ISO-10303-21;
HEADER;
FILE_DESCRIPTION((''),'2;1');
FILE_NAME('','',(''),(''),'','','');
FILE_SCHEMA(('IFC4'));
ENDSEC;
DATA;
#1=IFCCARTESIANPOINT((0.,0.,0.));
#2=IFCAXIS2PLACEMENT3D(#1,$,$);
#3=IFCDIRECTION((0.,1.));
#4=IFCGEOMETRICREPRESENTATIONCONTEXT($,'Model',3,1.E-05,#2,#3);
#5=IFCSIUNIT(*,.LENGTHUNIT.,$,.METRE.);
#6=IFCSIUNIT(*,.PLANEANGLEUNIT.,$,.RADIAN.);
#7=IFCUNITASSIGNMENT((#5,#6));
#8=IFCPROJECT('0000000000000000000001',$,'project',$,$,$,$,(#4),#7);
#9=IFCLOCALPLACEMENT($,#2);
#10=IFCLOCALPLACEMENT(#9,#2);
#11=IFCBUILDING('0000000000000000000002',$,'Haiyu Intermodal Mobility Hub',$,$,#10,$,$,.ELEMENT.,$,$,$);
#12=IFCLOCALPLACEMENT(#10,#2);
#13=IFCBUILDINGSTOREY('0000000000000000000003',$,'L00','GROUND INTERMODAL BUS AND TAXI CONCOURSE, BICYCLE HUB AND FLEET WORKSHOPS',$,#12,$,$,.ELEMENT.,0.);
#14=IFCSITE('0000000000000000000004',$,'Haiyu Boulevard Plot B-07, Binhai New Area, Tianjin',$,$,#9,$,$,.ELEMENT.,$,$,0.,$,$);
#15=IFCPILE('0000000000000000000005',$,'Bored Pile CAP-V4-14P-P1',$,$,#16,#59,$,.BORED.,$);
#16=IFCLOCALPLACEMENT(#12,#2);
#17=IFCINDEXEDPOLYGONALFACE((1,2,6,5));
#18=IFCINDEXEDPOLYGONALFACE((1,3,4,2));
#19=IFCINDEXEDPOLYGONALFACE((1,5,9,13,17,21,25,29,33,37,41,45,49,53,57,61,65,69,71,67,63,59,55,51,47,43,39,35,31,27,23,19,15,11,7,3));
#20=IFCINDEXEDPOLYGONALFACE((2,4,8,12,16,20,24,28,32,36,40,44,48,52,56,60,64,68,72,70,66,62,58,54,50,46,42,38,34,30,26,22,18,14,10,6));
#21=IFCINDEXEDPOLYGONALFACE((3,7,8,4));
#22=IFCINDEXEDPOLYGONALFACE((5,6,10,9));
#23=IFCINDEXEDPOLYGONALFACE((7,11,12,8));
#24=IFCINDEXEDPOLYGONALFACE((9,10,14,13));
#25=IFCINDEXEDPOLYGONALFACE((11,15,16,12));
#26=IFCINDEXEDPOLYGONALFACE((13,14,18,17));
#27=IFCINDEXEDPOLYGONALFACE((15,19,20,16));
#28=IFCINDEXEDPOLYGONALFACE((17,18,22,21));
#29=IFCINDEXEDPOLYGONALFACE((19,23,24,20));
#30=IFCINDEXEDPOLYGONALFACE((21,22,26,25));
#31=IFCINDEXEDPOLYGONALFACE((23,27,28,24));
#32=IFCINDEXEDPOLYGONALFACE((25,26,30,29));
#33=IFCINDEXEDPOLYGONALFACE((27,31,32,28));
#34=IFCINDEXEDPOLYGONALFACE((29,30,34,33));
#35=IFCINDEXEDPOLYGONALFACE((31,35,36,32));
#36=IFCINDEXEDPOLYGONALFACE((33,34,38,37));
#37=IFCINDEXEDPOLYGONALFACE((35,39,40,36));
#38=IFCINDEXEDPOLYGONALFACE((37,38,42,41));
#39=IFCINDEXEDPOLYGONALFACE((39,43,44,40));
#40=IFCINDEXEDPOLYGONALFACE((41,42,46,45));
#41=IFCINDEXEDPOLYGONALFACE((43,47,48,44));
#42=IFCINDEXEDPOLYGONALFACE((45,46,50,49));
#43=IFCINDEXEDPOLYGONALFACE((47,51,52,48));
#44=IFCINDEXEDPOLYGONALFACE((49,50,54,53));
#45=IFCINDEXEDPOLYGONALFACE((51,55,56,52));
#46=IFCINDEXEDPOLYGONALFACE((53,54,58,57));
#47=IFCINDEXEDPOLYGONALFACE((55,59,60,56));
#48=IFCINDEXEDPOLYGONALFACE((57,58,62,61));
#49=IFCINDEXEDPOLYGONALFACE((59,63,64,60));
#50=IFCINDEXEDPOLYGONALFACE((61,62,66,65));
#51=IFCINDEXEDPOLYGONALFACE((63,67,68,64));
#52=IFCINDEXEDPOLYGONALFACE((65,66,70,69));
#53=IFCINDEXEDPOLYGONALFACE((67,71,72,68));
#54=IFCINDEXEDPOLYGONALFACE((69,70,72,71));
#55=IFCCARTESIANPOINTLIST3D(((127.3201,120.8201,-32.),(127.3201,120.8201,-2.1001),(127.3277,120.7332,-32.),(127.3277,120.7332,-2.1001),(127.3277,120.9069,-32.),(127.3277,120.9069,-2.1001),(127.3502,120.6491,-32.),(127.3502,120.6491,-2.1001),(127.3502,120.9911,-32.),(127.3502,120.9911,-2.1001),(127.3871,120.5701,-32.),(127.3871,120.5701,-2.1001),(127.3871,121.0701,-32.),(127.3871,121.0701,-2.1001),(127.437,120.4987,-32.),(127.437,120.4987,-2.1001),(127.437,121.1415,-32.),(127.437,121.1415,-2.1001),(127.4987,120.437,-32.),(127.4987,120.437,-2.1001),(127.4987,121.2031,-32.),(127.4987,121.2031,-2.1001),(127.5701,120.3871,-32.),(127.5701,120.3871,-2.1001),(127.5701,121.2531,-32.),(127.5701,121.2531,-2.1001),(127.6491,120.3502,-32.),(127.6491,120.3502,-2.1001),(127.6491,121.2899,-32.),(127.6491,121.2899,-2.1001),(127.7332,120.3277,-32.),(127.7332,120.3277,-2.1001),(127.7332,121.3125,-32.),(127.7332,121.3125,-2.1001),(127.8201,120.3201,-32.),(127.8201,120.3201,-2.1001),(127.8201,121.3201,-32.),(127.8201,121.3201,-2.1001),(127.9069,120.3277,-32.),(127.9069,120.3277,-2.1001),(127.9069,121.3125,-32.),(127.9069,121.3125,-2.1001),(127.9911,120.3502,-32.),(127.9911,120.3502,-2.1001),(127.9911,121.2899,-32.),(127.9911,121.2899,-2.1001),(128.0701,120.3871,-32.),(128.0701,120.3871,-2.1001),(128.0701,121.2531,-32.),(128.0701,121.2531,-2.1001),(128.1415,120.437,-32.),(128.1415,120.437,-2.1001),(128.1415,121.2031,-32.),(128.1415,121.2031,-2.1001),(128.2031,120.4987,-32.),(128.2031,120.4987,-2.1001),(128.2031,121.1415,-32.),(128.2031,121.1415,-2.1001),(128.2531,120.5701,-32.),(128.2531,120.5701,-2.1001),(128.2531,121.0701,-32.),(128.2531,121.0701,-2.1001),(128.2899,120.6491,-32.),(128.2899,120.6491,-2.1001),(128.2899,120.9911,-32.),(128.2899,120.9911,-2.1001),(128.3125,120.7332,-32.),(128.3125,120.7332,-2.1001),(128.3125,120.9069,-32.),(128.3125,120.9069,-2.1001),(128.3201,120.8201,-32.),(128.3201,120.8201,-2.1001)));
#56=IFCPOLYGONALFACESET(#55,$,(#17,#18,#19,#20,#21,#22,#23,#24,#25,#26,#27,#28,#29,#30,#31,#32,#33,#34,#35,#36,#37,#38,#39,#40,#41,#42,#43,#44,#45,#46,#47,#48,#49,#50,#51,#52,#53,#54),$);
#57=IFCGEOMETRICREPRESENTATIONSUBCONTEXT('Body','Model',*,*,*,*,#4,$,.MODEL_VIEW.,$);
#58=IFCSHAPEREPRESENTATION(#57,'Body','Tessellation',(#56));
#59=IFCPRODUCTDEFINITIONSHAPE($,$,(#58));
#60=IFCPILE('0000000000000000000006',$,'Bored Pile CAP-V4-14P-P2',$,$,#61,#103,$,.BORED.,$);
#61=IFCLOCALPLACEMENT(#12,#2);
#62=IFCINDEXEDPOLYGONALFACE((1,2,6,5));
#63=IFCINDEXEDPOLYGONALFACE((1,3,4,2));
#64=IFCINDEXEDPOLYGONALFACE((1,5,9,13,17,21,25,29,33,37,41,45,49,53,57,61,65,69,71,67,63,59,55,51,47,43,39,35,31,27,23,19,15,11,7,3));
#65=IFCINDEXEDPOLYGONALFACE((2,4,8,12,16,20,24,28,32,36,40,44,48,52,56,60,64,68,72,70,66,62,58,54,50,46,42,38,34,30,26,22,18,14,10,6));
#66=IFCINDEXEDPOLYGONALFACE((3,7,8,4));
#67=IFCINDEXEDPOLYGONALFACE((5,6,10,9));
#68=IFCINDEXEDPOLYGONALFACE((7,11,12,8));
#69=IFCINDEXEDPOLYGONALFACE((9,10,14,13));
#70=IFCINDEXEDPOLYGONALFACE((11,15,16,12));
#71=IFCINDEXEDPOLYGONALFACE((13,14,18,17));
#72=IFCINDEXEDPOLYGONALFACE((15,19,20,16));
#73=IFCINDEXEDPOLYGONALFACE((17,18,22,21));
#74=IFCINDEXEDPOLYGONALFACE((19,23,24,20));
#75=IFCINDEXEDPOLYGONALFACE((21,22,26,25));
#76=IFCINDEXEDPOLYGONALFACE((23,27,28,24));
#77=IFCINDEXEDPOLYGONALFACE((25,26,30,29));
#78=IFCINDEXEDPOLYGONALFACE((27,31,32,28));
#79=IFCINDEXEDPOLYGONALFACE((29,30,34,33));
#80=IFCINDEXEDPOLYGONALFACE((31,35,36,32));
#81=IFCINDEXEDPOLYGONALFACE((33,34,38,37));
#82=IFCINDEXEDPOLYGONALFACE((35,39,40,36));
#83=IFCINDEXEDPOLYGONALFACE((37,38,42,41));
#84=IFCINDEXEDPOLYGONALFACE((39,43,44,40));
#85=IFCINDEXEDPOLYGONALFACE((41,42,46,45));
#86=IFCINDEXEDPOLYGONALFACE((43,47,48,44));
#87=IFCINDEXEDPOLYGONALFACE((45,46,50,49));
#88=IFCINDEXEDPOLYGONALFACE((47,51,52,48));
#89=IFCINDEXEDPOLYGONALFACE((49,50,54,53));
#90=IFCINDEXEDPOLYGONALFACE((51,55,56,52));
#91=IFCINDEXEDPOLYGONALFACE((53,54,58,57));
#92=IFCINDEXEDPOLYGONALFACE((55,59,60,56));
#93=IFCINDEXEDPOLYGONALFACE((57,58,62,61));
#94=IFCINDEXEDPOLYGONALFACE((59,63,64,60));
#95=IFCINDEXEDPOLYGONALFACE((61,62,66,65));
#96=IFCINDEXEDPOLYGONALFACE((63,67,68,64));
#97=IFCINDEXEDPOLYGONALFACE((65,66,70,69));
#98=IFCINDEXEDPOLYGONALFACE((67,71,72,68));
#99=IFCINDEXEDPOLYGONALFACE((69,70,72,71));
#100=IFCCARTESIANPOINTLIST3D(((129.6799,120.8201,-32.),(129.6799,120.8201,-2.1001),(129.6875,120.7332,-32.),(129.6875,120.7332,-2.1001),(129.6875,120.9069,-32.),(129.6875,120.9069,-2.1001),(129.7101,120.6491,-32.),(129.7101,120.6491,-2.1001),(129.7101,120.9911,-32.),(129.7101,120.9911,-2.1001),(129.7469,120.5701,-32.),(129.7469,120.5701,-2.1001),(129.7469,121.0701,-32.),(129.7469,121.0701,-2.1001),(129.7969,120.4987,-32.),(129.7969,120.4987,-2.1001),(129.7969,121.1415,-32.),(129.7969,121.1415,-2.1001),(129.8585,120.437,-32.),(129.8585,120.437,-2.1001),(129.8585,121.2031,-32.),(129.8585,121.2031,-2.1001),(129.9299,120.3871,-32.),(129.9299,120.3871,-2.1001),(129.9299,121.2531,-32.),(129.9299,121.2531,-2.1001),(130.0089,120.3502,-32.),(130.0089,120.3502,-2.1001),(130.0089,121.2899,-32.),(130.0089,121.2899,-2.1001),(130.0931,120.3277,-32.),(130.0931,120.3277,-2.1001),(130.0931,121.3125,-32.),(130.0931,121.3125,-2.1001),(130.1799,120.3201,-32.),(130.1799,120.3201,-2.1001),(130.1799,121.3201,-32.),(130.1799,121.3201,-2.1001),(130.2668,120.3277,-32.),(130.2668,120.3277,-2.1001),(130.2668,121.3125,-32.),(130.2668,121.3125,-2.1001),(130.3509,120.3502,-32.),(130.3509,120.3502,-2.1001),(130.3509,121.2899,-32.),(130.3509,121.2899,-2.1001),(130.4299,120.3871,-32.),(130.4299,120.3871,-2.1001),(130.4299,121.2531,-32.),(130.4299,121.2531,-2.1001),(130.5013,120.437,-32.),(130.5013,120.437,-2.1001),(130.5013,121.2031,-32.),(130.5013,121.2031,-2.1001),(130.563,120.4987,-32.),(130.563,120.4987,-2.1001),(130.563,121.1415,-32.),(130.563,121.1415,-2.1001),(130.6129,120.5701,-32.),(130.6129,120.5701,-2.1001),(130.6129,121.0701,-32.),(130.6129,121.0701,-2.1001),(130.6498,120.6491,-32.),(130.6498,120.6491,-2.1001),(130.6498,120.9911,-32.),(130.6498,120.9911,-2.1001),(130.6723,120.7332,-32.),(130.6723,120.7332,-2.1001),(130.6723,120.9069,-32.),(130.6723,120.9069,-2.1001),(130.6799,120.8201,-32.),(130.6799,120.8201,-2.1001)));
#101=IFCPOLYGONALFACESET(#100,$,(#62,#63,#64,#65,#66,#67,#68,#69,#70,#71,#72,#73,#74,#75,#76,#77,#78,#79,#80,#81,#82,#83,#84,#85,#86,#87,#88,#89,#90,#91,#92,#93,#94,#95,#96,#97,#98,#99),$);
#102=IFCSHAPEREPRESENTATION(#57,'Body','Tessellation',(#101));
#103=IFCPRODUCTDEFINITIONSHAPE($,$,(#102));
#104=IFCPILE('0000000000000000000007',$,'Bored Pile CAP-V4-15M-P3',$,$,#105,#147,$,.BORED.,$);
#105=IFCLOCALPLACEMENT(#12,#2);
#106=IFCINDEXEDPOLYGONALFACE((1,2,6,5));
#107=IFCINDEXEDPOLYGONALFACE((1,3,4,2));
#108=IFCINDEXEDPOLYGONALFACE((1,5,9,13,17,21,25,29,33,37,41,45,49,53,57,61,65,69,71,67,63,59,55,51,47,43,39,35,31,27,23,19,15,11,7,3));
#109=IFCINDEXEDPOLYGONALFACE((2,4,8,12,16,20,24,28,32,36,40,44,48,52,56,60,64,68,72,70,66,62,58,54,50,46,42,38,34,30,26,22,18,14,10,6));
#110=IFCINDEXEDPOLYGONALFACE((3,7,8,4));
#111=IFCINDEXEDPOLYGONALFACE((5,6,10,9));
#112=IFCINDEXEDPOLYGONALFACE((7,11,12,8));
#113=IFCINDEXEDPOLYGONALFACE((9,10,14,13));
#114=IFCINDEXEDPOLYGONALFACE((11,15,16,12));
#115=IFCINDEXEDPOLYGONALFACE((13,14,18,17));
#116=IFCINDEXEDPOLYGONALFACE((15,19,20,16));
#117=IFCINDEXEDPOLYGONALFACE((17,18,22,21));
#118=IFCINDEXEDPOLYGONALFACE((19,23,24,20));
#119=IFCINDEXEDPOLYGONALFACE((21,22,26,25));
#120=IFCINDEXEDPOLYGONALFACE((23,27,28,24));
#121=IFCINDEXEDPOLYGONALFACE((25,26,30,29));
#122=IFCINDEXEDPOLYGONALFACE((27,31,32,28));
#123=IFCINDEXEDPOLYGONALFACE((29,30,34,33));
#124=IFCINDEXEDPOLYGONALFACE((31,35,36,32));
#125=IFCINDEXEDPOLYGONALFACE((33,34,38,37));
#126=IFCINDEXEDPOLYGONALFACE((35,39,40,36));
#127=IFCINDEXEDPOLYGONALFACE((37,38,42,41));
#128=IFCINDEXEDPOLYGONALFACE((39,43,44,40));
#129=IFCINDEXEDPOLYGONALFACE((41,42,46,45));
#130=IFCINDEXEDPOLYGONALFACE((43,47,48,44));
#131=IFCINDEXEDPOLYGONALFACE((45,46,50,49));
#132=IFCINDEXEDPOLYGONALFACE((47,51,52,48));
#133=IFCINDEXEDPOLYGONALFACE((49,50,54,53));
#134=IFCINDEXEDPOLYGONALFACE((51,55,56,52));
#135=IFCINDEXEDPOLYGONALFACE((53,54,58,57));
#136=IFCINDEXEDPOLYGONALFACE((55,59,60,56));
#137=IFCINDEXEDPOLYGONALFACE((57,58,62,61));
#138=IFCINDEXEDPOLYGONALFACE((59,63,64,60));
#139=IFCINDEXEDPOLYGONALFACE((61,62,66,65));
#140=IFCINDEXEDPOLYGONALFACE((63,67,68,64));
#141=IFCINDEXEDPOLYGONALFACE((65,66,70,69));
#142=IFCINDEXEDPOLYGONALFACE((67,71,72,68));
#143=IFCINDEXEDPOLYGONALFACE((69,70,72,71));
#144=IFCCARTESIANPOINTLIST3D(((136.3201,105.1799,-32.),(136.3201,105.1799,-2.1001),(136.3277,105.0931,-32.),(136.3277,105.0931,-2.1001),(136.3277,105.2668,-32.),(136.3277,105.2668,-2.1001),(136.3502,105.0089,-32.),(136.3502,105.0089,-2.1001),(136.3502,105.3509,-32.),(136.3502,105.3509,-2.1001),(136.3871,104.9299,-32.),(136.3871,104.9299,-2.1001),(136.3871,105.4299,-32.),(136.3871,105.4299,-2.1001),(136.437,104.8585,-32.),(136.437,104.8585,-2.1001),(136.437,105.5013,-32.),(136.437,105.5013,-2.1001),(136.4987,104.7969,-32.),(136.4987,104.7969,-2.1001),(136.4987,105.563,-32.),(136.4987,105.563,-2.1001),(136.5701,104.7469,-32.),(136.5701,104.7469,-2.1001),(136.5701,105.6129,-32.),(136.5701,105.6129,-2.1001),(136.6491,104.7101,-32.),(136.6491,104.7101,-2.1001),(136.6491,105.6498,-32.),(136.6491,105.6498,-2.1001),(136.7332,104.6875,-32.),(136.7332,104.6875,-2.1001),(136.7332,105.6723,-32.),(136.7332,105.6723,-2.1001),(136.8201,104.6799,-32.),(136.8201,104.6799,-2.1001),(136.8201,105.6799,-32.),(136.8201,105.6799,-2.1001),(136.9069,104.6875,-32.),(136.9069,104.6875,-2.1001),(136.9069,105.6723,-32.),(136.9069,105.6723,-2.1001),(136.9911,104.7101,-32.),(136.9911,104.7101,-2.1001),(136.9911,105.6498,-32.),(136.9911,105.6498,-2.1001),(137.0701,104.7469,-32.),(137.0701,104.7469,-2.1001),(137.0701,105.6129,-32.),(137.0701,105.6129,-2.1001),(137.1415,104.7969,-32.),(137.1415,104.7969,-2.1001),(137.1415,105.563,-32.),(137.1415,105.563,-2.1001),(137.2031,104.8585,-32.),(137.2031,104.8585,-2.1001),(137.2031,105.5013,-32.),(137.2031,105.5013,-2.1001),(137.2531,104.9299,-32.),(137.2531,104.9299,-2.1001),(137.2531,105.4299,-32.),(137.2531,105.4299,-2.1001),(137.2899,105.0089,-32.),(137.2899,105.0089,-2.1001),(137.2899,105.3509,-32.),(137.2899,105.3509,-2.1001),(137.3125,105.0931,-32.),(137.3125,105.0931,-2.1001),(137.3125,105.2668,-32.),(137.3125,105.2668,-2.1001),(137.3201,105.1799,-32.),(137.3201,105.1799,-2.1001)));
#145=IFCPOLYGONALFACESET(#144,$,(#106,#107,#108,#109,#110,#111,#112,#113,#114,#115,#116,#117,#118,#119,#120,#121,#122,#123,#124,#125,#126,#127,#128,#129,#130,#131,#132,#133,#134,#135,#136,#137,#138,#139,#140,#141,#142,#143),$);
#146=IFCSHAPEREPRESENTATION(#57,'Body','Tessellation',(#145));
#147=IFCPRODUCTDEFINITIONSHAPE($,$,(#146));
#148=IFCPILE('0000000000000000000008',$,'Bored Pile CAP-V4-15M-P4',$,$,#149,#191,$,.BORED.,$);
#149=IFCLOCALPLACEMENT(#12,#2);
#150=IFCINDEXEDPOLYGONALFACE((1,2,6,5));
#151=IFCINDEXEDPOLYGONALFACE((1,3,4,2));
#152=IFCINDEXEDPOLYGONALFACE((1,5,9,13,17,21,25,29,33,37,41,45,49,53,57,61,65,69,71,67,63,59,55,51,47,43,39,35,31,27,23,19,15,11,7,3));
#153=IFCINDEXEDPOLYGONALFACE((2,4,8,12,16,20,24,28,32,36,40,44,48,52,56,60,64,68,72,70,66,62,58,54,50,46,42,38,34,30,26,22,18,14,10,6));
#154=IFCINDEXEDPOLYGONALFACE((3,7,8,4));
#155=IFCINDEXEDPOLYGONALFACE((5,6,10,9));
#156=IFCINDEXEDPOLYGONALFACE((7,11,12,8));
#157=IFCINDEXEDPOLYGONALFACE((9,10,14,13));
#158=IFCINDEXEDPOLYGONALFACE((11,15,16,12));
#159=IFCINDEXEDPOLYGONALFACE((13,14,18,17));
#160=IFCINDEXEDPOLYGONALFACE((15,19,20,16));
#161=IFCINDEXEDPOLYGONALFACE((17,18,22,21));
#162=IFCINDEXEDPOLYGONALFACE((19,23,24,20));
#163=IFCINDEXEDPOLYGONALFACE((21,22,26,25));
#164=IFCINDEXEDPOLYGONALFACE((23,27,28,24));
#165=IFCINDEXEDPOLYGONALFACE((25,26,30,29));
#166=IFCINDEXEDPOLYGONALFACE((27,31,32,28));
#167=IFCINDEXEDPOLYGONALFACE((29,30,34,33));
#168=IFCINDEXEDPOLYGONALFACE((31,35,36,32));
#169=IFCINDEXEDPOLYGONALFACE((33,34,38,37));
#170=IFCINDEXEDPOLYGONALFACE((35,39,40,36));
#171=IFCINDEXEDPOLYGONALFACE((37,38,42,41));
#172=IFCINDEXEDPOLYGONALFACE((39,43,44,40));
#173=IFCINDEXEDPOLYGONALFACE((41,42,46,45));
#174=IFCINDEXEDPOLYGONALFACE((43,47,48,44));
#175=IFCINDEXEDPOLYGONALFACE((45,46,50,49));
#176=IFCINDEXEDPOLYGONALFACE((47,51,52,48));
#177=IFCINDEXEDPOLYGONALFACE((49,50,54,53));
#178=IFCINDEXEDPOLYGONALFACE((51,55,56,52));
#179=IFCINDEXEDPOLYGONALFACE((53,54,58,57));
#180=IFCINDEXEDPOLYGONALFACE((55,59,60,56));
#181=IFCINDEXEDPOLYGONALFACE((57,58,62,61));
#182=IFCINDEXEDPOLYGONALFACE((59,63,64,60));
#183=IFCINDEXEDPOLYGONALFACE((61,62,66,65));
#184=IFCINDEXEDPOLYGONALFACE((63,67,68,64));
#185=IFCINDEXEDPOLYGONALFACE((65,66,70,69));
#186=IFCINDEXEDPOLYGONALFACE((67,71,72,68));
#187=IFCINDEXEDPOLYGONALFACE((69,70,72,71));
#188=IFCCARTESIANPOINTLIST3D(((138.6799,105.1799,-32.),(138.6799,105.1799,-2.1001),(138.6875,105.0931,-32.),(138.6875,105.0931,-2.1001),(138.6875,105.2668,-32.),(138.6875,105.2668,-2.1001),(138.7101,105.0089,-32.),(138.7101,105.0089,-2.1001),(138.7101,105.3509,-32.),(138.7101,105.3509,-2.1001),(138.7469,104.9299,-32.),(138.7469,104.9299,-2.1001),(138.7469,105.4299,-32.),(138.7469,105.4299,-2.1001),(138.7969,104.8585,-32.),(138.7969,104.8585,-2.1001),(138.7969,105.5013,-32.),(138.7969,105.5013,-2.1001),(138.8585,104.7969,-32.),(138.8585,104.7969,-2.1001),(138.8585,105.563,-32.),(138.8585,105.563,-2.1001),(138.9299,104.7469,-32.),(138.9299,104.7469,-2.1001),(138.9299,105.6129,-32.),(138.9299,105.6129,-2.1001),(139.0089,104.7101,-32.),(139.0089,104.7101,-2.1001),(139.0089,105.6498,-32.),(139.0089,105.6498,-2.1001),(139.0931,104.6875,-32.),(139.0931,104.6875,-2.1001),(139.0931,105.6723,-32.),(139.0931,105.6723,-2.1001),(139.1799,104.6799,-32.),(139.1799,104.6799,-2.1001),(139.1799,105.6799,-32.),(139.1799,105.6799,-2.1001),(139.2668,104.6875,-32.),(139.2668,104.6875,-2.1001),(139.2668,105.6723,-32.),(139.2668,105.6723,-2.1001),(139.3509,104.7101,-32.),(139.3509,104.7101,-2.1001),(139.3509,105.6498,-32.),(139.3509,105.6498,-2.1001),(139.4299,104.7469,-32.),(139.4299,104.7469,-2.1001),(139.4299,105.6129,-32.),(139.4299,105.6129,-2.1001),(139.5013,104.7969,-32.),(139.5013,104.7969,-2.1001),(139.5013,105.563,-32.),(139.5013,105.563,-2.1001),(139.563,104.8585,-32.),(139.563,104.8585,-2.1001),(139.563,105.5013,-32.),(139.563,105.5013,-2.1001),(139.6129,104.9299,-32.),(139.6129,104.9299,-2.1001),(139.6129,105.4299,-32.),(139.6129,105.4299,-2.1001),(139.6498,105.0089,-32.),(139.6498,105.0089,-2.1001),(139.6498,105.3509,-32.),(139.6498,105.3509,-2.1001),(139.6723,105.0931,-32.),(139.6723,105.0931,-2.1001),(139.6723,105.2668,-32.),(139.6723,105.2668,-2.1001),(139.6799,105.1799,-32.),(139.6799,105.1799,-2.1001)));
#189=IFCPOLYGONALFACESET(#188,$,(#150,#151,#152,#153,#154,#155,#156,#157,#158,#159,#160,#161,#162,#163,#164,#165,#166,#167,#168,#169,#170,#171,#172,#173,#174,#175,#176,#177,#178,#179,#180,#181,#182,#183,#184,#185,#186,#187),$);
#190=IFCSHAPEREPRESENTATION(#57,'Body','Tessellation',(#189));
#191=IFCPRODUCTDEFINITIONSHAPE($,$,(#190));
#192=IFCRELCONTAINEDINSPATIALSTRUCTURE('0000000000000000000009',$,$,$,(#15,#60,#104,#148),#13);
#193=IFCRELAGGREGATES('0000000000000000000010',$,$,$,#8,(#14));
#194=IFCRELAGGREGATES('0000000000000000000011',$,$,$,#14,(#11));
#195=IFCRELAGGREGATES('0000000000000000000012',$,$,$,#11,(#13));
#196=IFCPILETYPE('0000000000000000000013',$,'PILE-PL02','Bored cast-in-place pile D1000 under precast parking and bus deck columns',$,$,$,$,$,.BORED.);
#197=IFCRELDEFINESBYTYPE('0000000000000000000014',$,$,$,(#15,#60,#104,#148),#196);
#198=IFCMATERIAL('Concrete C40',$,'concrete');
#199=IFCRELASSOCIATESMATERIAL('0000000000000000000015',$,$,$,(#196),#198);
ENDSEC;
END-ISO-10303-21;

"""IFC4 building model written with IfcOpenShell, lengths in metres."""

from ifc_helpers import new_model, si_unit, direction, frame, origin, origin_2d, place, context, subcontext, project, spatial, circle, extrude, material, material_profile, profile_set, type_object, element, save


model = new_model("IFC4")

# Units and contexts
model_context = context("Model", 3, precision=1e-05, world=origin(), true_north=direction((0.0, 1.0)))
body_context = subcontext(model_context, "Body", "Model", "MODEL_VIEW")
ifc_project = project(units=[si_unit("LENGTHUNIT", "METRE"), si_unit("PLANEANGLEUNIT", "RADIAN")], contexts=[model_context])

# Site, building, storey
site_placement = place(None, origin())
site = spatial("IfcSite", under=ifc_project, at=site_placement, Name="Haiyu Boulevard Plot B-07, Binhai New Area, Tianjin", CompositionType="ELEMENT", RefElevation=0.0)
building_placement = place(site_placement, origin())
building = spatial("IfcBuilding", under=site, at=building_placement, Name="Haiyu Intermodal Mobility Hub", CompositionType="ELEMENT")
storey_placement = place(building_placement, origin())
storey = spatial("IfcBuildingStorey", under=building, at=storey_placement, Name="L00", Description="GROUND INTERMODAL BUS AND TAXI CONCOURSE, BICYCLE HUB AND FLEET WORKSHOPS", CompositionType="ELEMENT", Elevation=0.0)

# Shared definitions
ifc_material_1 = material(Name="Concrete C40", Category="concrete")

# Piles
ifc_material_profile_1 = material_profile(ifc_material_1, circle(Radius=0.5, at=origin_2d()), Name="PILE-D1000")
ifc_profile_set_1 = profile_set([ifc_material_profile_1], Name="Concrete C40")
pile_type_1 = type_object("IfcPileType", Name="PILE-PL02", Description="Bored cast-in-place pile D1000 under precast parking and bus deck columns", PredefinedType="BORED", material=ifc_profile_set_1)
for number, where, z_axis, x_axis, name in (
    (1, (127.8201, 120.8201, -2.1001), (0.0, 0.0, -1.0), (1.0, 0.0, 0.0), "Bored Pile CAP-V4-14P-P1"),
    (2, (130.1799, 120.8201, -2.1001), (0.0, 0.0, -1.0), (1.0, 0.0, 0.0), "Bored Pile CAP-V4-14P-P2"),
    (3, (136.8201, 105.1799, -2.1001), (0.0, 0.0, -1.0), (1.0, 0.0, 0.0), "Bored Pile CAP-V4-15M-P3"),
    (4, (139.1799, 105.1799, -2.1001), (0.0, 0.0, -1.0), (1.0, 0.0, 0.0), "Bored Pile CAP-V4-15M-P4"),
):
    element("IfcPile", number, at=place(storey_placement, frame(where, z_axis=z_axis, x_axis=x_axis)), inside=storey, type_object=pile_type_1, Name=name, PredefinedType="BORED", context=body_context, shape_type="SweptSolid", body=[
        extrude(circle(Radius=0.5, at=origin_2d()), origin(), (0.0, 0.0, 1.0), 29.8999),
    ])

save(model, "model.ifc")
